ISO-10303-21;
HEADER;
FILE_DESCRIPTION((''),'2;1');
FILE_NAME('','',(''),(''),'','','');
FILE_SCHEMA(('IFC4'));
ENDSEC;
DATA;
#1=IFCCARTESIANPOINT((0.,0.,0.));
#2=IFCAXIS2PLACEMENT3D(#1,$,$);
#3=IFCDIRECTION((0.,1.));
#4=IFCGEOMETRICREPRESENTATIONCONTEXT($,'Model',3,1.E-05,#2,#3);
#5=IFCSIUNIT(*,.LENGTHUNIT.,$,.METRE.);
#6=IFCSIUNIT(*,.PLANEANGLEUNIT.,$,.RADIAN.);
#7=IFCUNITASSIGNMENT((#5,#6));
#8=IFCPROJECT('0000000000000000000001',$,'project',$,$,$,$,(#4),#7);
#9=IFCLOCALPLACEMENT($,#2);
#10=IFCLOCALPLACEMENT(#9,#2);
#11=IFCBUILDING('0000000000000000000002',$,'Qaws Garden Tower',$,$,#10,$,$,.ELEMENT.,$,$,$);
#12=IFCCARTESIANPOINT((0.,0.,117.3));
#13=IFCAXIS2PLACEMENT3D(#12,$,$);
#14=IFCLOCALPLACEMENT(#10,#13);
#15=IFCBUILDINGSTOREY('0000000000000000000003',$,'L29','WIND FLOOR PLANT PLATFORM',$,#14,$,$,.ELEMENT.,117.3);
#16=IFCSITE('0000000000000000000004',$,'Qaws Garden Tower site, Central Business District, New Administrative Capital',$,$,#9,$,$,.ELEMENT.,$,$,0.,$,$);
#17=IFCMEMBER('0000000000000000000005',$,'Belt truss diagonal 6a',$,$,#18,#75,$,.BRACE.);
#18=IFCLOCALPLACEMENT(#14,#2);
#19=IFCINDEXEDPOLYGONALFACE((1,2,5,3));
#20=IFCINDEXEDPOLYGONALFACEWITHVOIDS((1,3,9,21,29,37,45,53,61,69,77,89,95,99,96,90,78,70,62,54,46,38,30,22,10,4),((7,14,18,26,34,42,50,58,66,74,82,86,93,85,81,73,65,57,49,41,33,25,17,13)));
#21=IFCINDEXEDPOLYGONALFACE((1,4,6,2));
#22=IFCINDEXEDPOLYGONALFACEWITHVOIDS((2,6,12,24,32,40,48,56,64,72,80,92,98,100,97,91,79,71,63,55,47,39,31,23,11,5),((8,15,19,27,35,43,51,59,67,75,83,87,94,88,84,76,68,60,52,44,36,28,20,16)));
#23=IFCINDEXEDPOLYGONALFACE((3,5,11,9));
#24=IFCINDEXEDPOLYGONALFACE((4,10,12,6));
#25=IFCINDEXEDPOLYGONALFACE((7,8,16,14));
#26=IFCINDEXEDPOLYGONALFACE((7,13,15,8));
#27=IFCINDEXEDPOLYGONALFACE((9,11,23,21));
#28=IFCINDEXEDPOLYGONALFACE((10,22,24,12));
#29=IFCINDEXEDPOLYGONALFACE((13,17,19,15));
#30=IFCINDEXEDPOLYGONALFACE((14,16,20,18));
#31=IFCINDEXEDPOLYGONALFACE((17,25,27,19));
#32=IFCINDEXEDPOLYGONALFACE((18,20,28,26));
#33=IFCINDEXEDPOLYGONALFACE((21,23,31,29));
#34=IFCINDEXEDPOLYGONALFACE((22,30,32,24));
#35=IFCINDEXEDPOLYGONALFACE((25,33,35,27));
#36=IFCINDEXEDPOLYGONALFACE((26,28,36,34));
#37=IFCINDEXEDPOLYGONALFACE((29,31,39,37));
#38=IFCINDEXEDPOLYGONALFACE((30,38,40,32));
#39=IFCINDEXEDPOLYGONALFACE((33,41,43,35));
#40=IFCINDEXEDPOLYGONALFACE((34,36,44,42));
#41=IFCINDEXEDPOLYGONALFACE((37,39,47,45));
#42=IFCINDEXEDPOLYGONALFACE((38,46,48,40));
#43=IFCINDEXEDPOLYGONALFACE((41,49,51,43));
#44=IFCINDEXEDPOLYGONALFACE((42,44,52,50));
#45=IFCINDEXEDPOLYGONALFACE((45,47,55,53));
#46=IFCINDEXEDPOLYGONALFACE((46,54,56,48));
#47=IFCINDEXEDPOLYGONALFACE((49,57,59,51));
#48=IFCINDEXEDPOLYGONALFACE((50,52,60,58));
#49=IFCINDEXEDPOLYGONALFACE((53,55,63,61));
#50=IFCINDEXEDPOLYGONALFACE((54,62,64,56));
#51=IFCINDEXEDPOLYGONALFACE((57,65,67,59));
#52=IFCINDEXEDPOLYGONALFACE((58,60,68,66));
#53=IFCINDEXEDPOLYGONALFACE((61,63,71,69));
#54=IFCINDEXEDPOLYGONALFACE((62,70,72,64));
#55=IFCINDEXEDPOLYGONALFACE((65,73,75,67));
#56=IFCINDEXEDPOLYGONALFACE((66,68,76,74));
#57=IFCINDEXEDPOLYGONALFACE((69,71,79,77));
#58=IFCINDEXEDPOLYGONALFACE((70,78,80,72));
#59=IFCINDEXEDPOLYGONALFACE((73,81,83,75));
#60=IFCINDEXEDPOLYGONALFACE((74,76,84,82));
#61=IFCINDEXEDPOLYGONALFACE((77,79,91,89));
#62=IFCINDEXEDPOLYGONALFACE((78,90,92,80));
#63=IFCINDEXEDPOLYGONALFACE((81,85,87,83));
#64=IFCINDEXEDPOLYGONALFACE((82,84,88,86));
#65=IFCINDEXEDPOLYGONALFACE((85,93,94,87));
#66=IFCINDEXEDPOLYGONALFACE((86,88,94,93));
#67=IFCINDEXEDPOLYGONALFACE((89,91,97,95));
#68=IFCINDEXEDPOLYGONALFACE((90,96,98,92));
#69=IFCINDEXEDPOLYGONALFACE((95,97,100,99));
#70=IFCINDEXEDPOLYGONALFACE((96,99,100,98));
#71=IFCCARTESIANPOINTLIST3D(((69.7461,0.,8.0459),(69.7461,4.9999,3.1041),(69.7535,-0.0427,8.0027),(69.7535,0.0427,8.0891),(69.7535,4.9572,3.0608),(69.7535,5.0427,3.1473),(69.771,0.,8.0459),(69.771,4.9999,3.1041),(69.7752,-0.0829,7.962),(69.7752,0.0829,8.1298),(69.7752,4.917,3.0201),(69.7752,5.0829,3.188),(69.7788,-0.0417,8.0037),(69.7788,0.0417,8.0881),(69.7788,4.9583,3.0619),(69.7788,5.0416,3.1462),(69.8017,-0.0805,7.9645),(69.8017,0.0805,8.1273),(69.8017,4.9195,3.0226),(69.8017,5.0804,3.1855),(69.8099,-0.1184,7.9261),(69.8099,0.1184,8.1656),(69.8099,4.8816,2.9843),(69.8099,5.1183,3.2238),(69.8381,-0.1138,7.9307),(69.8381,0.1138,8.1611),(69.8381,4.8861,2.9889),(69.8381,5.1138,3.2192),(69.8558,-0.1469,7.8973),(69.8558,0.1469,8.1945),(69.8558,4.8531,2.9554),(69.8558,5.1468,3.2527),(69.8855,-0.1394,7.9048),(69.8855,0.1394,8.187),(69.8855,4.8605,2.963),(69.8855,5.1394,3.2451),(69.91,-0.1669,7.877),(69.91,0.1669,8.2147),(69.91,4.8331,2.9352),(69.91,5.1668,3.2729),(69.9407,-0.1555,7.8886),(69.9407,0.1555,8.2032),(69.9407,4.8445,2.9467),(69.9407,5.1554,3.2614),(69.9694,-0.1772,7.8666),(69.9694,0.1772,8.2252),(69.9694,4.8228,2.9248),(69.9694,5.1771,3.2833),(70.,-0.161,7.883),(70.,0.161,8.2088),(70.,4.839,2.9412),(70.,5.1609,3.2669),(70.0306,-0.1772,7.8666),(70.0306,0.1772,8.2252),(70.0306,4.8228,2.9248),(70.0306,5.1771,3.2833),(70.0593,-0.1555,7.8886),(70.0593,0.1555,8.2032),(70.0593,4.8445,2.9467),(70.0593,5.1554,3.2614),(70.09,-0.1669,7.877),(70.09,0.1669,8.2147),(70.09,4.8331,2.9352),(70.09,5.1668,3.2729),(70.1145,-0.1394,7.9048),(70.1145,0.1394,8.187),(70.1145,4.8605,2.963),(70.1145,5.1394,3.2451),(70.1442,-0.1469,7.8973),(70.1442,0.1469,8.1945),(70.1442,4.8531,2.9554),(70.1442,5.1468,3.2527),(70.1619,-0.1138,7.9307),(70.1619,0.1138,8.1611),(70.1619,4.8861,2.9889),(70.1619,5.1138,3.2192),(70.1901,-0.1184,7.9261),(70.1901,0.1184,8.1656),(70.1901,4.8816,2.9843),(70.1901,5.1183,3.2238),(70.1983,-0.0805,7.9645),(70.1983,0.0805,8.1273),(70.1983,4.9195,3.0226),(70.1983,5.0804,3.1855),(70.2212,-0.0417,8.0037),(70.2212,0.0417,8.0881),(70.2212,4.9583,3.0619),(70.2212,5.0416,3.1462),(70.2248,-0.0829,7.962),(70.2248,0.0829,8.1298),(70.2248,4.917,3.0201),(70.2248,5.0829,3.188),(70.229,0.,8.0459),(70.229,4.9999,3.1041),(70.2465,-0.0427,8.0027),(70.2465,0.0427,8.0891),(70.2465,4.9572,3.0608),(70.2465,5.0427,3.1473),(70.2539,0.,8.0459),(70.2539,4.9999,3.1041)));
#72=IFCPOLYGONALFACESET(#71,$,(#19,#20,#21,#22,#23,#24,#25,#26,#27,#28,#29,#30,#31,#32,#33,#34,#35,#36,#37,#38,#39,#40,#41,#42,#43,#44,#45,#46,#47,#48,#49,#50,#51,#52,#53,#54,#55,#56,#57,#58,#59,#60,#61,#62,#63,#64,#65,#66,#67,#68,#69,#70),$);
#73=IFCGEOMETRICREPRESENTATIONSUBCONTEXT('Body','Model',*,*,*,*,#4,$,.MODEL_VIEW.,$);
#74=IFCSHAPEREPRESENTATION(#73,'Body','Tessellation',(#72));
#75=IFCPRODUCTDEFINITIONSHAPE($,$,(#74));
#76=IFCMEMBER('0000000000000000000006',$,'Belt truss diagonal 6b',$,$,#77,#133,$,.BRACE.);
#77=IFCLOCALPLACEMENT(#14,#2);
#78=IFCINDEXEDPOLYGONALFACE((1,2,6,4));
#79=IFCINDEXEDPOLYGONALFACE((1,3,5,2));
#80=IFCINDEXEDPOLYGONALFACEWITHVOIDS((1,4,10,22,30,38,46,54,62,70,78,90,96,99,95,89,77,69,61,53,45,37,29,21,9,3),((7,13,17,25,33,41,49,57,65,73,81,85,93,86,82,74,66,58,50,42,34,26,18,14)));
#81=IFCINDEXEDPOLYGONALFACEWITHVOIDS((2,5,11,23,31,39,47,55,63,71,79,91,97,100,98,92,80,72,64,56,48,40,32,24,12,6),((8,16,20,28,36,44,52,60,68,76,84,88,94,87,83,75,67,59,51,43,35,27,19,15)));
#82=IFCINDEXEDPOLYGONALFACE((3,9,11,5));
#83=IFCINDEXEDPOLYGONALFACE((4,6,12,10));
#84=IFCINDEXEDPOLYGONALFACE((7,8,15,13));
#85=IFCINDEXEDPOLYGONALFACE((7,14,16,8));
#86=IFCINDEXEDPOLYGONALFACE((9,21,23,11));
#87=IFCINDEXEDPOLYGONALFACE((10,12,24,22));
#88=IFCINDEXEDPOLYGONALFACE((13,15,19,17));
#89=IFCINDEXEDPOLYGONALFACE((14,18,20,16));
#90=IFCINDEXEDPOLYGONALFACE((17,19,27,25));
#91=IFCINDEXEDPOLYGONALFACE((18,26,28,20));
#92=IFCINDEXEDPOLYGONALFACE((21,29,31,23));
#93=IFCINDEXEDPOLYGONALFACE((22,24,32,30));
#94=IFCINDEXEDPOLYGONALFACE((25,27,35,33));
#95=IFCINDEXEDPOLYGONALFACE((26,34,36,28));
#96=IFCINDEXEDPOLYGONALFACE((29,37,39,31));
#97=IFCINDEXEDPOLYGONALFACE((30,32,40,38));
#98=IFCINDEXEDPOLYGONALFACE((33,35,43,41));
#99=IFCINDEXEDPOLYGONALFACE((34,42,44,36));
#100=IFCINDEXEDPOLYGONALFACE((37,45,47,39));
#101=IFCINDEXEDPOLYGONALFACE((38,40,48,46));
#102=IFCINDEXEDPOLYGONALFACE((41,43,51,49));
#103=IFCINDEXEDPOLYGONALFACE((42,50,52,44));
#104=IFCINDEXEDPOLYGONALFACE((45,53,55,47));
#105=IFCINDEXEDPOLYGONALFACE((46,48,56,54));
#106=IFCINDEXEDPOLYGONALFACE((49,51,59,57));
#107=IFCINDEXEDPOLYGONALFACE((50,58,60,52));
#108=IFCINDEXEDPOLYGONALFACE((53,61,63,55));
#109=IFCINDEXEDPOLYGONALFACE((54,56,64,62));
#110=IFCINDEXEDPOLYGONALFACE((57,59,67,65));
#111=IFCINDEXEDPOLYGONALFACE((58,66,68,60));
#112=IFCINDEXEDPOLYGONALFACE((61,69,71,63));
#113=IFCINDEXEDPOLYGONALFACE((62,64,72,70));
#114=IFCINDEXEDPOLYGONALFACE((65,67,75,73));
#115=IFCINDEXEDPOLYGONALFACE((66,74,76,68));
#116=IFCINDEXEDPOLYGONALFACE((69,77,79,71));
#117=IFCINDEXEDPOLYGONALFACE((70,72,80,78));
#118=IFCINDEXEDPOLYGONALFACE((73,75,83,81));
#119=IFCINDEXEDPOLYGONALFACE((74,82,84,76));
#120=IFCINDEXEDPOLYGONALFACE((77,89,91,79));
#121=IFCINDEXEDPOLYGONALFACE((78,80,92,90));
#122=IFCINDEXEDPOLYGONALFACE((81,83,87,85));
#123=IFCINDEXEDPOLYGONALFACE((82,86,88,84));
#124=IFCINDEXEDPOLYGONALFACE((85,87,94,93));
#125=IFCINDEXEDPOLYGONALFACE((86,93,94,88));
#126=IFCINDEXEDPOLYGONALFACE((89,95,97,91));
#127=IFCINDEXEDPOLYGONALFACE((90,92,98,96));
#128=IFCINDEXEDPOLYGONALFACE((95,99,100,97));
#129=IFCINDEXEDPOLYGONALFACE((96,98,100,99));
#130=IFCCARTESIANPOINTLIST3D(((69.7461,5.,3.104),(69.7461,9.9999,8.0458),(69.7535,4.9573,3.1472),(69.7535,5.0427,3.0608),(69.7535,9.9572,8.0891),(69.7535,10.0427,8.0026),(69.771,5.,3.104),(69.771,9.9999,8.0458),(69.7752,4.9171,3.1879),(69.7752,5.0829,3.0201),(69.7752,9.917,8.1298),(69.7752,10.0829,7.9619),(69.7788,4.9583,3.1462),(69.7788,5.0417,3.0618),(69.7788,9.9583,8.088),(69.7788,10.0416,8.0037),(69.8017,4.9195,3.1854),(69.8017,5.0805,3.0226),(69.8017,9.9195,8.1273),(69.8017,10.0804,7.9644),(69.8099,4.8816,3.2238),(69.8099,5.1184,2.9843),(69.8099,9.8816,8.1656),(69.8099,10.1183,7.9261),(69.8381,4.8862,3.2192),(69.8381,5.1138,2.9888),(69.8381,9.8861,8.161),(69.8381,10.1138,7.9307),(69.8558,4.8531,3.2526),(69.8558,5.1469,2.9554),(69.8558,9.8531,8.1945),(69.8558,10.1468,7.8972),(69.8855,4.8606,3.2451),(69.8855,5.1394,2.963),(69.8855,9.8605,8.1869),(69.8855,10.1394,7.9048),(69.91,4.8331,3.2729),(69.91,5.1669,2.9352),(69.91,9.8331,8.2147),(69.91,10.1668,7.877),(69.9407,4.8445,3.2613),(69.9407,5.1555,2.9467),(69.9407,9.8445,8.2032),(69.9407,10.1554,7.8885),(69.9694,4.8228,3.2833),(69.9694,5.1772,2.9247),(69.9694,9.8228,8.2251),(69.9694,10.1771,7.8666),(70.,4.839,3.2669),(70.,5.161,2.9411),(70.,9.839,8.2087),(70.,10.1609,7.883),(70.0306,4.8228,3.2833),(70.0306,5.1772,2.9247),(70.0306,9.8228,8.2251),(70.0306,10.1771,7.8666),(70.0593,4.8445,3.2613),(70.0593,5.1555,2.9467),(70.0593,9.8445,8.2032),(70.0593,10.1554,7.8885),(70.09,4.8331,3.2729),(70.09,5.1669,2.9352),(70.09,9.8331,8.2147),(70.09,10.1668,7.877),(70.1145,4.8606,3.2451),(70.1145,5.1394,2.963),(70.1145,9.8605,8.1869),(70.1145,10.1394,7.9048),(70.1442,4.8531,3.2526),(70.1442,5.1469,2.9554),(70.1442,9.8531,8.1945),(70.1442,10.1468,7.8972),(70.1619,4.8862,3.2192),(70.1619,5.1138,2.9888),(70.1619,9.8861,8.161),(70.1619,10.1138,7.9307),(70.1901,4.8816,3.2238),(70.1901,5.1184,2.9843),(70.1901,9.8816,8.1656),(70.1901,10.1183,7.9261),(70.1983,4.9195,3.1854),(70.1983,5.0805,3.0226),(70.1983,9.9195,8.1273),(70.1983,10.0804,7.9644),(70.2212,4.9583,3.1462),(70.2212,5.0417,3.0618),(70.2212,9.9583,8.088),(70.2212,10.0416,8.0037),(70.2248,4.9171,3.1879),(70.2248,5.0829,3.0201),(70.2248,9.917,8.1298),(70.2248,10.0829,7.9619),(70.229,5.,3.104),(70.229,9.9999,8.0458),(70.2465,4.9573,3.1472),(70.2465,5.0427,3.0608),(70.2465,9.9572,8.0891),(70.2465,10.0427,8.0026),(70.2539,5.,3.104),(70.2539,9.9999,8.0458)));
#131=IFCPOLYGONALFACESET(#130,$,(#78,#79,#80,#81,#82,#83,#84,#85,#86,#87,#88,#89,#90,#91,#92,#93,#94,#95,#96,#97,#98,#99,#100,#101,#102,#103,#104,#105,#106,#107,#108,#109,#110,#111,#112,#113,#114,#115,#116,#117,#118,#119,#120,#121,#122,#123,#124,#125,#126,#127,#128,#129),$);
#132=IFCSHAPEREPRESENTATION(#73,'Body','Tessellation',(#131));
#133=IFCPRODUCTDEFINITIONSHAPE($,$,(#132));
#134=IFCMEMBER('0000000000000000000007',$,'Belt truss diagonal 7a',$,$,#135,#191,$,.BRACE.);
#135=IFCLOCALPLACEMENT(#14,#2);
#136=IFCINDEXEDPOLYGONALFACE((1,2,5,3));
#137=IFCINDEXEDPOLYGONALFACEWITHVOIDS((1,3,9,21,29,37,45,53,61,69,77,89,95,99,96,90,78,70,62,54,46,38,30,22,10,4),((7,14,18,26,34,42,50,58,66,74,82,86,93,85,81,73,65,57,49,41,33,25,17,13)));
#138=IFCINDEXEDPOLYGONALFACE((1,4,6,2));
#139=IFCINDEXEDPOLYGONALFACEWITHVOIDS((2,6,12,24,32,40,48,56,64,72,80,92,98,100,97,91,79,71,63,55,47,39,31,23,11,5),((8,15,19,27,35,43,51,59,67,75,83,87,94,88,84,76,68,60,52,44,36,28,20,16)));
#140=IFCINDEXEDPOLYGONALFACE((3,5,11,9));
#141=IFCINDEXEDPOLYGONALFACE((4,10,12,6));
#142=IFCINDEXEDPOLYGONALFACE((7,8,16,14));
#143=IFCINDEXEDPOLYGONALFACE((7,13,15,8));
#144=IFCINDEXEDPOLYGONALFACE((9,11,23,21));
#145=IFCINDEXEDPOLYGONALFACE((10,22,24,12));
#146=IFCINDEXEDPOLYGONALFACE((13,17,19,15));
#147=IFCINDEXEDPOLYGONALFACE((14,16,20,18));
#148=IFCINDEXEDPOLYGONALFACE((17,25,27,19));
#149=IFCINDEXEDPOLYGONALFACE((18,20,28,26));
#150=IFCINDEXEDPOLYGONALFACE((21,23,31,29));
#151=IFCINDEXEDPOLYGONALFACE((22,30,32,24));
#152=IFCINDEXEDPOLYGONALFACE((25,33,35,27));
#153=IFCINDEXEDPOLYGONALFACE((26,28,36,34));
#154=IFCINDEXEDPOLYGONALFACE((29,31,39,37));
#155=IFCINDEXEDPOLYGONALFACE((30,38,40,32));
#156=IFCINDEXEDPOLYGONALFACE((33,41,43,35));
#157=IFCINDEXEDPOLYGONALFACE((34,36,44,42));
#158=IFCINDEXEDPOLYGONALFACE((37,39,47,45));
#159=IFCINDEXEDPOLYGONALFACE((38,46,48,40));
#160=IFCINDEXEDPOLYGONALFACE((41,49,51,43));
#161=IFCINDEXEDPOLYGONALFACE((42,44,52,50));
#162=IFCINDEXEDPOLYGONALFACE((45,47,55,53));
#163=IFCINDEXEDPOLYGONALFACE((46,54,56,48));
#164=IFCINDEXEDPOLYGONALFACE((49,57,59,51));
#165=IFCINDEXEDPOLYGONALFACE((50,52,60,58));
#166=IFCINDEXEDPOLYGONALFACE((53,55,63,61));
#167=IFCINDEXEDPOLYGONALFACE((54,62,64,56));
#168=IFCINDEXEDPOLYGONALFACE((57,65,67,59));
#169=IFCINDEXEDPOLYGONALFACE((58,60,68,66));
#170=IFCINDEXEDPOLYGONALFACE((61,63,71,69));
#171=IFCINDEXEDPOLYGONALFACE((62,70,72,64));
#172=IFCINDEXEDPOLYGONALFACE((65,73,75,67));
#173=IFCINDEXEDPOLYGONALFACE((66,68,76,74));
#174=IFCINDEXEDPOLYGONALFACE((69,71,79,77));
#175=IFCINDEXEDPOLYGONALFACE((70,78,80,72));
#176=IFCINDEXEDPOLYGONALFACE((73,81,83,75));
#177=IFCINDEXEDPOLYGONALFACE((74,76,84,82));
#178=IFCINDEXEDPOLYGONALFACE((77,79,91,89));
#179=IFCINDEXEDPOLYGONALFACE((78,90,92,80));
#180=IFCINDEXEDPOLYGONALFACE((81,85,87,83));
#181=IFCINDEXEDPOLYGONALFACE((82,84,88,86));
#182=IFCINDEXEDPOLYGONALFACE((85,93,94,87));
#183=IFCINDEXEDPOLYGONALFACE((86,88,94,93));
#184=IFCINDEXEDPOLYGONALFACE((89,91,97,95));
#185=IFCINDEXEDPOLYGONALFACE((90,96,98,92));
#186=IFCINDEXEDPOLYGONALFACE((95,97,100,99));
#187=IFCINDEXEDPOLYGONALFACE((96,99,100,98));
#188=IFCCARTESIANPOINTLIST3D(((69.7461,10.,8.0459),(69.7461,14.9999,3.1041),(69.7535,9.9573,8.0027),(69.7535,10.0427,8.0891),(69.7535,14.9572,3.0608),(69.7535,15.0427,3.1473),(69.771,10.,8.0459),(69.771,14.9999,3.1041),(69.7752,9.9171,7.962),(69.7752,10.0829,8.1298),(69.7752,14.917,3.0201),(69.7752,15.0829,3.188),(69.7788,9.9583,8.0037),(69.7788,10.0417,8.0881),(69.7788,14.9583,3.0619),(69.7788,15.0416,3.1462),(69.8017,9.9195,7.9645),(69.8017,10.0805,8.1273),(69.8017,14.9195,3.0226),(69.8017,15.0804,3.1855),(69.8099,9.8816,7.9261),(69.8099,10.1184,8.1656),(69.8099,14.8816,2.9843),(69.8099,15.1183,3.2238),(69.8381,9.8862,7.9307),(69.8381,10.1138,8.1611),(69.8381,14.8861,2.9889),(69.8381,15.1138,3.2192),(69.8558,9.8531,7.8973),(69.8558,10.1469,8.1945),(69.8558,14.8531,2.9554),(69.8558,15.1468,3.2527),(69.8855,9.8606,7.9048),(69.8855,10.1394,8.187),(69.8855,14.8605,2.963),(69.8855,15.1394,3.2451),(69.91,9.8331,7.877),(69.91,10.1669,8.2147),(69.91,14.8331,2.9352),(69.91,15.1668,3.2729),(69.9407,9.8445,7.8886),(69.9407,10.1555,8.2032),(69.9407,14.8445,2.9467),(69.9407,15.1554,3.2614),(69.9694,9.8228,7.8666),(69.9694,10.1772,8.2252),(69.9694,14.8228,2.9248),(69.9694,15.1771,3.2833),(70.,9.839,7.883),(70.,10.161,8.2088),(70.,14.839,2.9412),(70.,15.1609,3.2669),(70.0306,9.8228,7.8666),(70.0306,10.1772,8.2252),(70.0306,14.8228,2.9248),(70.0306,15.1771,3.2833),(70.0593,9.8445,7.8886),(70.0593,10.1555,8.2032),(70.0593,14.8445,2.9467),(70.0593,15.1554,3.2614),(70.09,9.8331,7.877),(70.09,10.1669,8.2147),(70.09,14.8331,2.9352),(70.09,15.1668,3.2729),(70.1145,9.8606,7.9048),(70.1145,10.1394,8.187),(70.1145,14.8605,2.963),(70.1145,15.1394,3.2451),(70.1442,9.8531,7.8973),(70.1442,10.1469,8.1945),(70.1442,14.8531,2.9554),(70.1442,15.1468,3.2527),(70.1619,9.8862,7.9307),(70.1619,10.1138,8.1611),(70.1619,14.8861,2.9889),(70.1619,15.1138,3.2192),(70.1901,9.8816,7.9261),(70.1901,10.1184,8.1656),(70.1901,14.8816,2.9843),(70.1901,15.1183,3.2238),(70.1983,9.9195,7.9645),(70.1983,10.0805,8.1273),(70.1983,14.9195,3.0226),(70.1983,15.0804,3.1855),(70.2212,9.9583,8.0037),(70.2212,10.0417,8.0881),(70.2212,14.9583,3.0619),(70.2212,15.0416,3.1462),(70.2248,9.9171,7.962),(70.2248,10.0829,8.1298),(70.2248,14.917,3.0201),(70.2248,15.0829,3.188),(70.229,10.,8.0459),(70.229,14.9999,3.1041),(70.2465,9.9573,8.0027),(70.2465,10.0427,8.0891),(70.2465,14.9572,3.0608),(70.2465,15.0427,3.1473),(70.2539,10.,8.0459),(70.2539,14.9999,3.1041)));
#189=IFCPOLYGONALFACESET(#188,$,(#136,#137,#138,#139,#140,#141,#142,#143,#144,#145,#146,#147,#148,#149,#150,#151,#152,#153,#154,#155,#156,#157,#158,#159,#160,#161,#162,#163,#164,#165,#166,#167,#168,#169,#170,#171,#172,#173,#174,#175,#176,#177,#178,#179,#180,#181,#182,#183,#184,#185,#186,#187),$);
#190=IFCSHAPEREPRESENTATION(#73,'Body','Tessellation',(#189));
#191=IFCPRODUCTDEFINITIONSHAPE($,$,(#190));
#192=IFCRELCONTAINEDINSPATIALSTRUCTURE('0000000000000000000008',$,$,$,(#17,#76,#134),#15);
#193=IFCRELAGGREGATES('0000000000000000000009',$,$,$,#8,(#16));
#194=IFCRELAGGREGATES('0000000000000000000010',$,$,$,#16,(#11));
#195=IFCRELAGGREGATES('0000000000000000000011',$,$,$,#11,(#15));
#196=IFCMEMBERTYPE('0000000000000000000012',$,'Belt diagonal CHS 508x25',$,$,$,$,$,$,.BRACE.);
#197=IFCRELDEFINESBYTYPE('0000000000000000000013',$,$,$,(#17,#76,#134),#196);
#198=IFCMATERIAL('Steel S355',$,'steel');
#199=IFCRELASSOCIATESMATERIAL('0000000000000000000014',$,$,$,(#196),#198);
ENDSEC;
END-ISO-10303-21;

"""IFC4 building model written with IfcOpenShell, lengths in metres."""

from ifc_helpers import new_model, si_unit, direction, frame, origin, origin_2d, place, context, subcontext, project, spatial, hollow_circle, extrude, material, material_profile, profile_set, type_object, element, save


model = new_model("IFC4")

# Units and contexts
model_context = context("Model", 3, precision=1e-05, world=origin(), true_north=direction((0.0, 1.0)))
body_context = subcontext(model_context, "Body", "Model", "MODEL_VIEW")
ifc_project = project(units=[si_unit("LENGTHUNIT", "METRE"), si_unit("PLANEANGLEUNIT", "RADIAN")], contexts=[model_context])

# Site, building, storey
site_placement = place(None, origin())
site = spatial("IfcSite", under=ifc_project, at=site_placement, Name="Qaws Garden Tower site, Central Business District, New Administrative Capital", CompositionType="ELEMENT", RefElevation=0.0)
building_placement = place(site_placement, origin())
building = spatial("IfcBuilding", under=site, at=building_placement, Name="Qaws Garden Tower", CompositionType="ELEMENT")
storey_placement = place(building_placement, frame((0.0, 0.0, 117.3)))
storey = spatial("IfcBuildingStorey", under=building, at=storey_placement, Name="L29", Description="WIND FLOOR PLANT PLATFORM", CompositionType="ELEMENT", Elevation=117.3)

# Members
ifc_material_1 = material(Name="Steel S355", Category="steel")
ifc_material_profile_1 = material_profile(ifc_material_1, hollow_circle(Radius=0.2539, WallThickness=0.0249, at=origin_2d()), Name="CHS 508x25")
ifc_profile_set_1 = profile_set([ifc_material_profile_1], Name="Steel S355")
member_type_1 = type_object("IfcMemberType", Name="Belt diagonal CHS 508x25", PredefinedType="BRACE", material=ifc_profile_set_1)
for number, where, z_axis, x_axis, name in (
    (1, (70.0, 0.0, 8.0459), (0.0, 0.711227, -0.702962), (-1.0, 0.0, 0.0), "Belt truss diagonal 6a"),
    (2, (70.0, 5.0, 3.104), (0.0, 0.711227, 0.702962), (-1.0, 0.0, 0.0), "Belt truss diagonal 6b"),
    (3, (70.0, 10.0, 8.0459), (0.0, 0.711227, -0.702962), (-1.0, 0.0, 0.0), "Belt truss diagonal 7a"),
):
    element("IfcMember", number, at=place(storey_placement, frame(where, z_axis=z_axis, x_axis=x_axis)), inside=storey, type_object=member_type_1, Name=name, PredefinedType="BRACE", context=body_context, shape_type="SweptSolid", body=[
        extrude(hollow_circle(Radius=0.2539, WallThickness=0.0249, at=origin_2d()), origin(), (0.0, 0.0, 1.0), 7.03),
    ])

save(model, "model.ifc")
